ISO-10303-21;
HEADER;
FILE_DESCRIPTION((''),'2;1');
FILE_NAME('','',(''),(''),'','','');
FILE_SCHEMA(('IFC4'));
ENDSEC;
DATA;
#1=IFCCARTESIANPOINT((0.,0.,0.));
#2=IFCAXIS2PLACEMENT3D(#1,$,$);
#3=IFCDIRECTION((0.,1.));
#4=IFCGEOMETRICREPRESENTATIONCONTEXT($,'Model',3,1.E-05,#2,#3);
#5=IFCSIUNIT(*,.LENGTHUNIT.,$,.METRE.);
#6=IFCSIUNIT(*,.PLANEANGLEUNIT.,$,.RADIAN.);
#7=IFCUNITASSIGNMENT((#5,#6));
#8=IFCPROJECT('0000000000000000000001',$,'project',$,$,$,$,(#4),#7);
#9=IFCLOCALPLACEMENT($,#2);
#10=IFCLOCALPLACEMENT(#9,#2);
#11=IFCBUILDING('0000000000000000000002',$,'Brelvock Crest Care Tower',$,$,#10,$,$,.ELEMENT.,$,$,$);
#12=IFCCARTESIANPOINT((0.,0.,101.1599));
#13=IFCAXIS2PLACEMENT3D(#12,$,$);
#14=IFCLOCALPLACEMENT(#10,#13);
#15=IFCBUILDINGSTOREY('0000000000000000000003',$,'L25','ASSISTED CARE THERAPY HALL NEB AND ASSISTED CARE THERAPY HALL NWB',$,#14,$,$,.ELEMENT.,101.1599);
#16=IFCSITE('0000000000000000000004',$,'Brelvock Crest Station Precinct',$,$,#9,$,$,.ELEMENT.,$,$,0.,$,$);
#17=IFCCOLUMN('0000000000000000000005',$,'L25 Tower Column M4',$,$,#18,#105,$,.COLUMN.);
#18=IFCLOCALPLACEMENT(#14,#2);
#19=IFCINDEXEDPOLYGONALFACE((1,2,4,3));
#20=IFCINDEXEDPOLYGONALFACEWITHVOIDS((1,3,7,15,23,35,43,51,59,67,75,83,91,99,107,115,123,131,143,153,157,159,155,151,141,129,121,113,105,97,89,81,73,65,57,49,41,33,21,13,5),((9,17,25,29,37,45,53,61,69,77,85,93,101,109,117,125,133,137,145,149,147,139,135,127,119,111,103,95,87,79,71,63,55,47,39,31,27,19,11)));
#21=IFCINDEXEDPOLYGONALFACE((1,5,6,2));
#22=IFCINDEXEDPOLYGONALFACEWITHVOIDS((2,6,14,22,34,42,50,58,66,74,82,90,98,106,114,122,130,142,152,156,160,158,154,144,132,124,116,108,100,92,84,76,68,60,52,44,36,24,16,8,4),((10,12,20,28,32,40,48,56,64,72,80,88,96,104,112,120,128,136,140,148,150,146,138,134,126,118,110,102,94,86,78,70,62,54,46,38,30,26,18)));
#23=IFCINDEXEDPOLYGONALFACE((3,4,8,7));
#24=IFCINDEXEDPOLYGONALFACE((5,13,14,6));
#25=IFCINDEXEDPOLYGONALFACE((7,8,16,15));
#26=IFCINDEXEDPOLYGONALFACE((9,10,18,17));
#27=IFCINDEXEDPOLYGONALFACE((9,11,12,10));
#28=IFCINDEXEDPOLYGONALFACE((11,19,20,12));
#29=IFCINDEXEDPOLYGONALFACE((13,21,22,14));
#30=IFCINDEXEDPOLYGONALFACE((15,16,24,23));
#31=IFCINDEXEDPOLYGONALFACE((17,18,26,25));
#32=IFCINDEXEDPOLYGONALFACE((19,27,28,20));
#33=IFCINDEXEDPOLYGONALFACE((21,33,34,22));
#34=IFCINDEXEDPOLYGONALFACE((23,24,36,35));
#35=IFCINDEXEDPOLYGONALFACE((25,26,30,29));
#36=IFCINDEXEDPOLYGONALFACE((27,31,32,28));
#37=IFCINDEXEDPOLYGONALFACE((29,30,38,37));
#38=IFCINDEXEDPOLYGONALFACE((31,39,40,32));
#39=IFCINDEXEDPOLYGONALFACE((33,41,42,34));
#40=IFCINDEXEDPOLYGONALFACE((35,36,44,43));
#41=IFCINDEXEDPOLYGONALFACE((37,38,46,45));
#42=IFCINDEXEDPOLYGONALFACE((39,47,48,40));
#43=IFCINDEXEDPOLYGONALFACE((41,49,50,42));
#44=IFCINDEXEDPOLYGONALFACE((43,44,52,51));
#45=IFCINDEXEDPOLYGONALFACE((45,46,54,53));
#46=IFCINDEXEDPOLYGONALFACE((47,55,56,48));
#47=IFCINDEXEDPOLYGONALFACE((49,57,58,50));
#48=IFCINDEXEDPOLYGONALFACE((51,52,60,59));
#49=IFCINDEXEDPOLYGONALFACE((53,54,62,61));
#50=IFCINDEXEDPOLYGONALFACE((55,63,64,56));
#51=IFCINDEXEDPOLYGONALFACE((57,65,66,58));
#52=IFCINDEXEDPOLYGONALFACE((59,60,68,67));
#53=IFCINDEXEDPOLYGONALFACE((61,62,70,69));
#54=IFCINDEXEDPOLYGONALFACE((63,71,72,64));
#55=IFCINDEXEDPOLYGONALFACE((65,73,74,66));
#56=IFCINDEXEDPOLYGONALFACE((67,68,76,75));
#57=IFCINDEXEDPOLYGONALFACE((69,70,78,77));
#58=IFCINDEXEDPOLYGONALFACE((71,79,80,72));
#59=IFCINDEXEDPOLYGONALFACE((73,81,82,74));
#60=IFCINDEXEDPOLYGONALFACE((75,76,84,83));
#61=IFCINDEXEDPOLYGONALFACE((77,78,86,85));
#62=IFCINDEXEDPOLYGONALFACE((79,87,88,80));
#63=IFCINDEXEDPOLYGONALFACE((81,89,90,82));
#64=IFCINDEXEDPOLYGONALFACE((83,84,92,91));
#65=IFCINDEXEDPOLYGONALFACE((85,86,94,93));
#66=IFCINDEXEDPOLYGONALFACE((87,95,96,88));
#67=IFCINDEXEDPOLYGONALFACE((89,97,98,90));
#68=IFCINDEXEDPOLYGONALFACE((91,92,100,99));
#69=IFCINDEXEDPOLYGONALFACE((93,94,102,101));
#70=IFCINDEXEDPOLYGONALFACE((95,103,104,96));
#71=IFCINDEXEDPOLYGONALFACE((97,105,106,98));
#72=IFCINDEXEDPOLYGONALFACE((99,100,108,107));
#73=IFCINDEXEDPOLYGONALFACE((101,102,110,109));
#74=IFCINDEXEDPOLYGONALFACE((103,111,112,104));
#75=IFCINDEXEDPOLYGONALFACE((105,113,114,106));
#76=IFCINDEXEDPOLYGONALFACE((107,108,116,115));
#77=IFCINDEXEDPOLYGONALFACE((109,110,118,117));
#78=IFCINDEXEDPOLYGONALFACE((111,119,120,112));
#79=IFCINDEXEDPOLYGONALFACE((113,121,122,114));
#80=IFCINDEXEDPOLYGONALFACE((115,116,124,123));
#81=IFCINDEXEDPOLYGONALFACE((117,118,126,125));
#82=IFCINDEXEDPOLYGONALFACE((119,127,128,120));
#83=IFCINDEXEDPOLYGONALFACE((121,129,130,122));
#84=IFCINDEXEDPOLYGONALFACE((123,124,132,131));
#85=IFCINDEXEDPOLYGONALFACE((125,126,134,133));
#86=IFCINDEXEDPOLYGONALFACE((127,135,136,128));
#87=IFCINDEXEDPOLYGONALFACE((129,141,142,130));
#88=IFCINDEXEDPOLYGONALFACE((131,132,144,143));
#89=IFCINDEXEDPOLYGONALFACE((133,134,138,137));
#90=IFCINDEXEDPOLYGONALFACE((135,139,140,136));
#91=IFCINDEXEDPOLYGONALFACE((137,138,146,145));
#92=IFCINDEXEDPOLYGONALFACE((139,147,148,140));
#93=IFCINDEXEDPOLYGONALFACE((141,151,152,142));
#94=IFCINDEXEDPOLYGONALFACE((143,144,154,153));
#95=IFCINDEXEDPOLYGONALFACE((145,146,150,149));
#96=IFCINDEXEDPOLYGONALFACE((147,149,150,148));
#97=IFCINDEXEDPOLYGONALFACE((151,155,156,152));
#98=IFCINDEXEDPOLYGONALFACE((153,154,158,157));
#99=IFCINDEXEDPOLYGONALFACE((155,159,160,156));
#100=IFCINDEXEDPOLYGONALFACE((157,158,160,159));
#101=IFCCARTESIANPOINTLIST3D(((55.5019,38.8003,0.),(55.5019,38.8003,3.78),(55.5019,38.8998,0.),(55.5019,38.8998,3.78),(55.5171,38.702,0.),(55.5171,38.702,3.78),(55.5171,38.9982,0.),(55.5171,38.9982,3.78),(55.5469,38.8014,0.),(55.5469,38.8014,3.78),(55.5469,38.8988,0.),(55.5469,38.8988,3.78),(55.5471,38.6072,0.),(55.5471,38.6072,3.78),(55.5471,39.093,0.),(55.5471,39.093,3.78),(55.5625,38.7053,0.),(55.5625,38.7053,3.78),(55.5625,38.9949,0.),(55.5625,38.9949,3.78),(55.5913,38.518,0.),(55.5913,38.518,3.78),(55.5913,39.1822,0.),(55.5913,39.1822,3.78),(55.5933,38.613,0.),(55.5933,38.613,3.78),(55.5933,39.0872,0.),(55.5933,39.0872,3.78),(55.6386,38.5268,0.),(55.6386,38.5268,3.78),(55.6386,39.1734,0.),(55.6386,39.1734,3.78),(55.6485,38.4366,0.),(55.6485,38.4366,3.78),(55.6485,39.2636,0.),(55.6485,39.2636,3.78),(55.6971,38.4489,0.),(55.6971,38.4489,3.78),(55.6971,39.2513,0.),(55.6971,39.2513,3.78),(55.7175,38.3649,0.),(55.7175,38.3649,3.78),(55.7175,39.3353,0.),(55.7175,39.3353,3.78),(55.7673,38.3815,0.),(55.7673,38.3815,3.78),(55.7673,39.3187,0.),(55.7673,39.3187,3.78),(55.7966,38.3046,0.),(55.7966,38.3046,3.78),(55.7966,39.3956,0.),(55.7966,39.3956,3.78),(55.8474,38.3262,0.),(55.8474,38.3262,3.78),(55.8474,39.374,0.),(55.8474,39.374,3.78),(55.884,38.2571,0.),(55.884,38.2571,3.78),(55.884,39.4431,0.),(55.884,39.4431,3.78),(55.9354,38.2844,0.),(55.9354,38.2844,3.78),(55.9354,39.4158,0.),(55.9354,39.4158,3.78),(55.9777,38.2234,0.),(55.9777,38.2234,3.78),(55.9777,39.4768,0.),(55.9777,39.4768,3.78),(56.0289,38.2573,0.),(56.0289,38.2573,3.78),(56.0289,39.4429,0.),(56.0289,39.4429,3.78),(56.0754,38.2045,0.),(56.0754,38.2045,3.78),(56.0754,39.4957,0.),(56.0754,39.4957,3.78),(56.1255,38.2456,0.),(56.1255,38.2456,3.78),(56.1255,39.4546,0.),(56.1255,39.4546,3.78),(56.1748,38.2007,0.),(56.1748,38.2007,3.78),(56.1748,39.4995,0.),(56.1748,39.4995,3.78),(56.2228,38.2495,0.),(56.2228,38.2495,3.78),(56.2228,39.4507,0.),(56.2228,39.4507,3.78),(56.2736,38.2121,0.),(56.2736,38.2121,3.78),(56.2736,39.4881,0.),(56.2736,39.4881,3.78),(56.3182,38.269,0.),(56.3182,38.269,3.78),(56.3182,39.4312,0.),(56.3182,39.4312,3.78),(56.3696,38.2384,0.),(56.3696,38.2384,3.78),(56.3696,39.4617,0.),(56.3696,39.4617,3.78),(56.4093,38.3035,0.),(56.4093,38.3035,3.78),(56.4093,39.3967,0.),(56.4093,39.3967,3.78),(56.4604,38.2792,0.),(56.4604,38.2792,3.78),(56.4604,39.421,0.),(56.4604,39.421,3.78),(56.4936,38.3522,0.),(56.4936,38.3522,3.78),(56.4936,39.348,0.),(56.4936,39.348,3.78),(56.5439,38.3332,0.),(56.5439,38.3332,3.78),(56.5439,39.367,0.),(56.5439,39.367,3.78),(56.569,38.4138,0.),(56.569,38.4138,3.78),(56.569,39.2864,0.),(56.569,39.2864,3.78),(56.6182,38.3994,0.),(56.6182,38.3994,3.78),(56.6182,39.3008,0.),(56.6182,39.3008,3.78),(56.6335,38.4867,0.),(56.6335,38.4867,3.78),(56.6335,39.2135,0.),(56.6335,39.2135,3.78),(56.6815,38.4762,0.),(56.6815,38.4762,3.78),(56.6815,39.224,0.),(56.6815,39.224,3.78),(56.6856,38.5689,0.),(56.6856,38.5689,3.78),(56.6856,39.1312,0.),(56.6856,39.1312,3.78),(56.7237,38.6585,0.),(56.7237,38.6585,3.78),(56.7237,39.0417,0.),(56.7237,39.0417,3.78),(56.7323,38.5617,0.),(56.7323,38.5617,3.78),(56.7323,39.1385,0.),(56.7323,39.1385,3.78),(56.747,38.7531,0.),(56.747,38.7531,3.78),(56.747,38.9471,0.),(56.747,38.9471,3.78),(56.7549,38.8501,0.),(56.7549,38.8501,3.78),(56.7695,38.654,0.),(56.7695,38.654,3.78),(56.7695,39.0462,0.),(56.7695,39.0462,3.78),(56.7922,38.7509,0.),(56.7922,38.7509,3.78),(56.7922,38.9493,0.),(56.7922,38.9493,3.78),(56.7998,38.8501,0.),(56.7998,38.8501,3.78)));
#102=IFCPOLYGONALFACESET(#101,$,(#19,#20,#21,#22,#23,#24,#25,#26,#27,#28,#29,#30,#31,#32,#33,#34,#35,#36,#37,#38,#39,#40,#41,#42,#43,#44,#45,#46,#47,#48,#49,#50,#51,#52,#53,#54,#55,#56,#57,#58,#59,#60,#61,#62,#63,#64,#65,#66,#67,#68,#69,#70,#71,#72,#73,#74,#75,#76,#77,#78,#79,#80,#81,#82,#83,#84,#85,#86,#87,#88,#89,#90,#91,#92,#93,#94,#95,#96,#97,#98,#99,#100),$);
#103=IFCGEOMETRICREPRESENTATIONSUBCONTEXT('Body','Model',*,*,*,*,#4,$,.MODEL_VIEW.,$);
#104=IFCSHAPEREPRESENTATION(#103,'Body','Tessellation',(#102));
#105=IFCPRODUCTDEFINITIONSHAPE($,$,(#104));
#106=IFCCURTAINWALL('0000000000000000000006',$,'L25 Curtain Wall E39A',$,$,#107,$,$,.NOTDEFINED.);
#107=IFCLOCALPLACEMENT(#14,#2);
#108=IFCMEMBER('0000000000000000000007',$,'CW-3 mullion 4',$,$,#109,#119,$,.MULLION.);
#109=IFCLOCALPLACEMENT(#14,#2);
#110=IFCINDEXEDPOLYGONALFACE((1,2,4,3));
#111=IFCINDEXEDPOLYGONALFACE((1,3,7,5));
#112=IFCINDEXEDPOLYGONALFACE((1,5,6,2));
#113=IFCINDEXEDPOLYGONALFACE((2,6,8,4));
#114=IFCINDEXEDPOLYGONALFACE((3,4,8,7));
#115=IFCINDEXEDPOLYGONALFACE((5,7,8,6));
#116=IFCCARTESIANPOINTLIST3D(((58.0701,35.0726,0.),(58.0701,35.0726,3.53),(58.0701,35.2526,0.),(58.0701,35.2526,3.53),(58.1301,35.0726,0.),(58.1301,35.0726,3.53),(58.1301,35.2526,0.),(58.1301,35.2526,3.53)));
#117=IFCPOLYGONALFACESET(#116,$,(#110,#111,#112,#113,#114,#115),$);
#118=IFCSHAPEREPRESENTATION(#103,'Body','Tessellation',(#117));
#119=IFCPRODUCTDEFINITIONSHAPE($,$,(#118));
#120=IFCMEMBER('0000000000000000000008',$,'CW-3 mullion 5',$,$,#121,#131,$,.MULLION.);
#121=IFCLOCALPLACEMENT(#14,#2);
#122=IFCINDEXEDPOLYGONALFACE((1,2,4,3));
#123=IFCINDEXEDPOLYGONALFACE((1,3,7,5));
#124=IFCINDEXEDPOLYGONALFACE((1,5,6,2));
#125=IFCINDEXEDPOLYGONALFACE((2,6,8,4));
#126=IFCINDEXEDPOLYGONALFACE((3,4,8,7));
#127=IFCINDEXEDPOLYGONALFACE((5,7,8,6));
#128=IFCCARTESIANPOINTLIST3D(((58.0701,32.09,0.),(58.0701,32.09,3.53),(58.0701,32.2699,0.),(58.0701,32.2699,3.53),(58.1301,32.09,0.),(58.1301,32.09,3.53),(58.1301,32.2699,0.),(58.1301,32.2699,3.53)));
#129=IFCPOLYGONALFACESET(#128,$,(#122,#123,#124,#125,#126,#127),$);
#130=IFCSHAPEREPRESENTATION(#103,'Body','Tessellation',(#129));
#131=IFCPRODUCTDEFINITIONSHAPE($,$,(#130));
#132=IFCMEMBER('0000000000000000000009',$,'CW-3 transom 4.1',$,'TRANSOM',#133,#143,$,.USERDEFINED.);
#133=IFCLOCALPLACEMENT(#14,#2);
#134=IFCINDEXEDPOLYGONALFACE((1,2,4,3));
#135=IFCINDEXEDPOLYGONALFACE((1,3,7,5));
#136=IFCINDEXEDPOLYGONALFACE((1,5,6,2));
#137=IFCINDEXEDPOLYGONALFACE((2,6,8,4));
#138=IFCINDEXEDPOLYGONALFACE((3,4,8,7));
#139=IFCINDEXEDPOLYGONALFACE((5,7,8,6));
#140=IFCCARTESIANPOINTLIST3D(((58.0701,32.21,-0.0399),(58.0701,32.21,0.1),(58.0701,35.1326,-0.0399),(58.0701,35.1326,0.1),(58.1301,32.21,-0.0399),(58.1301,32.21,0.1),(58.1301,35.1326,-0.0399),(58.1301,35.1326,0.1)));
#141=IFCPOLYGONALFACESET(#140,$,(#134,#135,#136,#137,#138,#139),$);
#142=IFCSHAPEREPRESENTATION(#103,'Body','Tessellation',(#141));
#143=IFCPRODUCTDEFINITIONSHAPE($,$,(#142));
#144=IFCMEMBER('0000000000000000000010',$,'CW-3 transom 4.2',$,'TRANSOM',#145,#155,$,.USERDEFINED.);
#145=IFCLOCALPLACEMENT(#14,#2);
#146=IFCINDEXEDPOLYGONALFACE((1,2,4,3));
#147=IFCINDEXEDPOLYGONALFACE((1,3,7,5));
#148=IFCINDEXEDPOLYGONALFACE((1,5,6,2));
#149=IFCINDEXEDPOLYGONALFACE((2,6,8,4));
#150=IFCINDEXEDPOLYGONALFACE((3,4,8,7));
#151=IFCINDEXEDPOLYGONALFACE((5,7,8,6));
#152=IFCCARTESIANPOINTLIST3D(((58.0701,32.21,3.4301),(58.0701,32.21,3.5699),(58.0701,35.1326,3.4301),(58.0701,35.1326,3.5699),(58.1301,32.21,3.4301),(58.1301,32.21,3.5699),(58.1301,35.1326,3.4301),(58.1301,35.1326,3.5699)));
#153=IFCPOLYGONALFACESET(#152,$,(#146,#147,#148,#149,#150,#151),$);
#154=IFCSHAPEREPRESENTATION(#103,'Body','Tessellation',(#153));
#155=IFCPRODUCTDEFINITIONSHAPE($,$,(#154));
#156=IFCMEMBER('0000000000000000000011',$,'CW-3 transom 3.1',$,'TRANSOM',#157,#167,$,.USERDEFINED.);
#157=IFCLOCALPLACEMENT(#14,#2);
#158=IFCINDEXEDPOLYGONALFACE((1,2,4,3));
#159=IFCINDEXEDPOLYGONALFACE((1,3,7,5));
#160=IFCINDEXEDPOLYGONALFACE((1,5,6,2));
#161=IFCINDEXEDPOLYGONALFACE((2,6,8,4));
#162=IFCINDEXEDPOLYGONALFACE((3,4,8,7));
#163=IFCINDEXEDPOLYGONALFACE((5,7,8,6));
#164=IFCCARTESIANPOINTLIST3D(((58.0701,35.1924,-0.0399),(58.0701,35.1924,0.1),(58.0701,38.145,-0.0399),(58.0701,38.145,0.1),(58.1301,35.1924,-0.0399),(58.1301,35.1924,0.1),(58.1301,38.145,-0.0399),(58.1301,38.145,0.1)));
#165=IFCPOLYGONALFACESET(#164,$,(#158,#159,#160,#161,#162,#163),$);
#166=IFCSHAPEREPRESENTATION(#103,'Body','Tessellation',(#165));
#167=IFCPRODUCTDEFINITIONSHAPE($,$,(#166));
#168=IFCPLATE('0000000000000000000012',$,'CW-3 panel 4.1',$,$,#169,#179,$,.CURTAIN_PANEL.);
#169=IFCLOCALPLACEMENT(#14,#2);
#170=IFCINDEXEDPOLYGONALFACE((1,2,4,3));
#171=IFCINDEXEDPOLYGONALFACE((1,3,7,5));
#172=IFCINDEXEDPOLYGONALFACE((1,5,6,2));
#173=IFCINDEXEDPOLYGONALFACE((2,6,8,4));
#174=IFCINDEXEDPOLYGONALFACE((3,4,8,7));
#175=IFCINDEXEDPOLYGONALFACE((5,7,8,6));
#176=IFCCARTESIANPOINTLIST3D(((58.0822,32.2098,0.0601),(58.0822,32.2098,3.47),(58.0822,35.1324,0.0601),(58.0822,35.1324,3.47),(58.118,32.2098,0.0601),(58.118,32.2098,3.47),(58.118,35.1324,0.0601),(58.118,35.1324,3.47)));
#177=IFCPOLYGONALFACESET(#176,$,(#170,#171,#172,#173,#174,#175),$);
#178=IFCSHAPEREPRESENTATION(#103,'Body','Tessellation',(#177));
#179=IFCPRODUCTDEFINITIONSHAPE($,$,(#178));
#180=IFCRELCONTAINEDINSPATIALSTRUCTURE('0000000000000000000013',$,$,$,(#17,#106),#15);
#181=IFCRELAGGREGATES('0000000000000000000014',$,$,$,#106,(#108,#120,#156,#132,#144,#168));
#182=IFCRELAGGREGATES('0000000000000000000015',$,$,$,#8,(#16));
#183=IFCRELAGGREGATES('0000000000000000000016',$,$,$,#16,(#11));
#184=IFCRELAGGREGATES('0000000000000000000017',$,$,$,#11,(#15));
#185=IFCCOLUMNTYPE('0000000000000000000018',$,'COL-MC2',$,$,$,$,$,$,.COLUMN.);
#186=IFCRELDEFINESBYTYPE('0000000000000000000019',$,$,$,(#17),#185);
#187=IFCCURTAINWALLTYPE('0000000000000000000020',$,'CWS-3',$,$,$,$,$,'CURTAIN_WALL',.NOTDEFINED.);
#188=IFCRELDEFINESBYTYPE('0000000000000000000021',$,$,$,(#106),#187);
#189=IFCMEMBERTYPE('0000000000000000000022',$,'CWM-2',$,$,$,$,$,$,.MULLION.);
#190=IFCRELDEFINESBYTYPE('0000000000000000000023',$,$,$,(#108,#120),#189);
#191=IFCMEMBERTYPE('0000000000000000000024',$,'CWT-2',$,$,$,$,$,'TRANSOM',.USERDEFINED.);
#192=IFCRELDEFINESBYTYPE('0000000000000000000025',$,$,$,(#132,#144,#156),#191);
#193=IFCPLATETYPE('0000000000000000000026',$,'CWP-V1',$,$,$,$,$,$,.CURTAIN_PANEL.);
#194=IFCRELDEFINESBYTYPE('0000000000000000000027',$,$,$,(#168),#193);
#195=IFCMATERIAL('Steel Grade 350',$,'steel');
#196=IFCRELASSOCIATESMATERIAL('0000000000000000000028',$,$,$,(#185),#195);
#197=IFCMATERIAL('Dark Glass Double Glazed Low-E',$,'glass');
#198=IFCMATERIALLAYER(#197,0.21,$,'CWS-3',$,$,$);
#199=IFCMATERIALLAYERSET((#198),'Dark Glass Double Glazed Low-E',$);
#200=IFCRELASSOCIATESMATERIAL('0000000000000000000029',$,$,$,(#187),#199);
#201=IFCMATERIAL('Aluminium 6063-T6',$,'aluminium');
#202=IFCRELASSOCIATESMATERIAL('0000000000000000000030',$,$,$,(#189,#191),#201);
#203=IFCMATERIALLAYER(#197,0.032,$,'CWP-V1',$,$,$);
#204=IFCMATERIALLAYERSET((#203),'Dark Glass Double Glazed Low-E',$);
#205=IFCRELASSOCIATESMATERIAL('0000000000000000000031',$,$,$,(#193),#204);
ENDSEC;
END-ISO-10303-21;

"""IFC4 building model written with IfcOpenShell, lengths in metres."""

from ifc_helpers import new_model, si_unit, direction, frame, origin, origin_2d, place, context, subcontext, project, spatial, rectangle, hollow_circle, extrude, source, transform, mapped, material, layer, layer_set, material_profile, profile_set, type_object, element, aggregate, save


model = new_model("IFC4")

# Units and contexts
model_context = context("Model", 3, precision=1e-05, world=origin(), true_north=direction((0.0, 1.0)))
body_context = subcontext(model_context, "Body", "Model", "MODEL_VIEW")
ifc_project = project(units=[si_unit("LENGTHUNIT", "METRE"), si_unit("PLANEANGLEUNIT", "RADIAN")], contexts=[model_context])

# Site, building, storey
site_placement = place(None, origin())
site = spatial("IfcSite", under=ifc_project, at=site_placement, Name="Brelvock Crest Station Precinct", CompositionType="ELEMENT", RefElevation=0.0)
building_placement = place(site_placement, origin())
building = spatial("IfcBuilding", under=site, at=building_placement, Name="Brelvock Crest Care Tower", CompositionType="ELEMENT")
storey_placement = place(building_placement, frame((0.0, 0.0, 101.1599)))
storey = spatial("IfcBuildingStorey", under=building, at=storey_placement, Name="L25", Description="ASSISTED CARE THERAPY HALL NEB AND ASSISTED CARE THERAPY HALL NWB", CompositionType="ELEMENT", Elevation=101.1599)

# Column
ifc_material_1 = material(Name="Steel Grade 350", Category="steel")
ifc_material_profile_1 = material_profile(ifc_material_1, hollow_circle(Radius=0.6499, WallThickness=0.0449, at=origin_2d()), Name="CFT1300x45")
ifc_profile_set_1 = profile_set([ifc_material_profile_1], Name="Steel Grade 350")
column_type = type_object("IfcColumnType", Name="COL-MC2", PredefinedType="COLUMN", material=ifc_profile_set_1)
shared_shape_1 = source(origin(), body_context, "Body", "SweptSolid", [
    extrude(hollow_circle(Radius=0.6499, WallThickness=0.0449, at=origin_2d()), origin(), (0.0, 0.0, 1.0), 3.78),
])
column_placement = place(storey_placement, frame((56.1499, 38.8501, 0.0), z_axis=(0.0, 0.0, 1.0), x_axis=(1.0, 0.0, 0.0)))
element("IfcColumn", 1, at=column_placement, inside=storey, type_object=column_type, Name="L25 Tower Column M4", PredefinedType="COLUMN", context=body_context, shape_type="MappedRepresentation", body=[
    mapped(shared_shape_1, transform((0.0, 0.0, 0.0), x_axis=(1.0, 0.0, 0.0), y_axis=(0.0, 1.0, 0.0), z_axis=(0.0, 0.0, 1.0), scale=1.0)),
])

# Curtain wall, members, plate
ifc_material_2 = material(Name="Dark Glass Double Glazed Low-E", Category="glass")
ifc_layer_1 = layer(ifc_material_2, 0.21, Name="CWS-3")
ifc_layer_set_1 = layer_set([ifc_layer_1], Name="Dark Glass Double Glazed Low-E")
curtain_wall_type = type_object("IfcCurtainWallType", Name="CWS-3", ElementType="CURTAIN_WALL", PredefinedType="NOTDEFINED", material=ifc_layer_set_1)
curtain_wall_placement = place(storey_placement, origin())
curtain_wall = element("IfcCurtainWall", 2, at=curtain_wall_placement, inside=storey, type_object=curtain_wall_type, Name="L25 Curtain Wall E39A", PredefinedType="NOTDEFINED")
ifc_material_3 = material(Name="Aluminium 6063-T6", Category="aluminium")
ifc_material_profile_2 = material_profile(ifc_material_3, rectangle(XDim=0.0601, YDim=0.1799, at=origin_2d()), Name="ALU60x180")
ifc_profile_set_2 = profile_set([ifc_material_profile_2], Name="Aluminium 6063-T6")
member_type_1 = type_object("IfcMemberType", Name="CWM-2", PredefinedType="MULLION", material=ifc_profile_set_2)
shared_shape_2 = source(origin(), body_context, "Body", "SweptSolid", [
    extrude(rectangle(XDim=0.0601, YDim=0.1799, at=origin_2d()), origin(), (0.0, 0.0, 1.0), 3.53),
])
member_1_placement = place(storey_placement, frame((58.1001, 35.1626, 0.0), z_axis=(0.0, 0.0, 1.0), x_axis=(1.0, 0.0, 0.0)))
member_1 = element("IfcMember", 3, at=member_1_placement, type_object=member_type_1, Name="CW-3 mullion 4", PredefinedType="MULLION", context=body_context, shape_type="MappedRepresentation", body=[
    mapped(shared_shape_2, transform((0.0, 0.0, 0.0), x_axis=(1.0, 0.0, 0.0), y_axis=(0.0, 1.0, 0.0), z_axis=(0.0, 0.0, 1.0), scale=1.0)),
])
member_2_placement = place(storey_placement, frame((58.1001, 32.1799, 0.0), z_axis=(0.0, 0.0, 1.0), x_axis=(1.0, 0.0, 0.0)))
member_2 = element("IfcMember", 4, at=member_2_placement, type_object=member_type_1, Name="CW-3 mullion 5", PredefinedType="MULLION", context=body_context, shape_type="MappedRepresentation", body=[
    mapped(shared_shape_2, transform((0.0, 0.0, 0.0), x_axis=(1.0, 0.0, 0.0), y_axis=(0.0, 1.0, 0.0), z_axis=(0.0, 0.0, 1.0), scale=1.0)),
])
ifc_material_profile_3 = material_profile(ifc_material_3, rectangle(XDim=0.0601, YDim=0.1399, at=origin_2d()), Name="ALU60x140")
ifc_profile_set_3 = profile_set([ifc_material_profile_3], Name="Aluminium 6063-T6")
member_type_2 = type_object("IfcMemberType", Name="CWT-2", ElementType="TRANSOM", PredefinedType="USERDEFINED", material=ifc_profile_set_3)
shared_shape_3 = source(origin(), body_context, "Body", "SweptSolid", [
    extrude(rectangle(XDim=0.0601, YDim=0.1399, at=origin_2d()), origin(), (0.0, 0.0, 1.0), 2.9226),
])
member_3_placement = place(storey_placement, frame((58.1001, 35.1326, 0.03), z_axis=(0.0, -1.0, 0.0), x_axis=(1.0, 0.0, 0.0)))
member_3 = element("IfcMember", 5, at=member_3_placement, type_object=member_type_2, Name="CW-3 transom 4.1", ObjectType="TRANSOM", PredefinedType="USERDEFINED", context=body_context, shape_type="MappedRepresentation", body=[
    mapped(shared_shape_3, transform((0.0, 0.0, 0.0), x_axis=(1.0, 0.0, 0.0), y_axis=(0.0, 1.0, 0.0), z_axis=(0.0, 0.0, 1.0), scale=1.0)),
])
member_4_placement = place(storey_placement, frame((58.1001, 35.1326, 3.5), z_axis=(0.0, -1.0, 0.0), x_axis=(1.0, 0.0, 0.0)))
member_4 = element("IfcMember", 6, at=member_4_placement, type_object=member_type_2, Name="CW-3 transom 4.2", ObjectType="TRANSOM", PredefinedType="USERDEFINED", context=body_context, shape_type="MappedRepresentation", body=[
    mapped(shared_shape_3, transform((0.0, 0.0, 0.0), x_axis=(1.0, 0.0, 0.0), y_axis=(0.0, 1.0, 0.0), z_axis=(0.0, 0.0, 1.0), scale=1.0)),
])
shared_shape_4 = source(origin(), body_context, "Body", "SweptSolid", [
    extrude(rectangle(XDim=0.0601, YDim=0.1399, at=origin_2d()), origin(), (0.0, 0.0, 1.0), 2.9526),
])
member_5_placement = place(storey_placement, frame((58.1001, 38.145, 0.03), z_axis=(0.0, -1.0, 0.0), x_axis=(1.0, 0.0, 0.0)))
member_5 = element("IfcMember", 7, at=member_5_placement, type_object=member_type_2, Name="CW-3 transom 3.1", ObjectType="TRANSOM", PredefinedType="USERDEFINED", context=body_context, shape_type="MappedRepresentation", body=[
    mapped(shared_shape_4, transform((0.0, 0.0, 0.0), x_axis=(1.0, 0.0, 0.0), y_axis=(0.0, 1.0, 0.0), z_axis=(0.0, 0.0, 1.0), scale=1.0)),
])
ifc_layer_2 = layer(ifc_material_2, 0.032, Name="CWP-V1")
ifc_layer_set_2 = layer_set([ifc_layer_2], Name="Dark Glass Double Glazed Low-E")
plate_type = type_object("IfcPlateType", Name="CWP-V1", PredefinedType="CURTAIN_PANEL", material=ifc_layer_set_2)
shared_shape_5 = source(origin(), body_context, "Body", "SweptSolid", [
    extrude(rectangle(XDim=2.9226, YDim=0.0359, at=origin_2d()), origin(), (0.0, 0.0, 1.0), 3.4099),
])
plate_1_placement = place(storey_placement, frame((58.1001, 33.6711, 0.0601), z_axis=(0.0, 0.0, 1.0), x_axis=(0.0, -1.0, 0.0)))
plate_1 = element("IfcPlate", 8, at=plate_1_placement, type_object=plate_type, Name="CW-3 panel 4.1", PredefinedType="CURTAIN_PANEL", context=body_context, shape_type="MappedRepresentation", body=[
    mapped(shared_shape_5, transform((0.0, 0.0, 0.0), x_axis=(1.0, 0.0, 0.0), y_axis=(0.0, 1.0, 0.0), z_axis=(0.0, 0.0, 1.0), scale=1.0)),
])
aggregate(curtain_wall, [member_1, member_2, member_5, member_3, member_4, plate_1])

save(model, "model.ifc")
